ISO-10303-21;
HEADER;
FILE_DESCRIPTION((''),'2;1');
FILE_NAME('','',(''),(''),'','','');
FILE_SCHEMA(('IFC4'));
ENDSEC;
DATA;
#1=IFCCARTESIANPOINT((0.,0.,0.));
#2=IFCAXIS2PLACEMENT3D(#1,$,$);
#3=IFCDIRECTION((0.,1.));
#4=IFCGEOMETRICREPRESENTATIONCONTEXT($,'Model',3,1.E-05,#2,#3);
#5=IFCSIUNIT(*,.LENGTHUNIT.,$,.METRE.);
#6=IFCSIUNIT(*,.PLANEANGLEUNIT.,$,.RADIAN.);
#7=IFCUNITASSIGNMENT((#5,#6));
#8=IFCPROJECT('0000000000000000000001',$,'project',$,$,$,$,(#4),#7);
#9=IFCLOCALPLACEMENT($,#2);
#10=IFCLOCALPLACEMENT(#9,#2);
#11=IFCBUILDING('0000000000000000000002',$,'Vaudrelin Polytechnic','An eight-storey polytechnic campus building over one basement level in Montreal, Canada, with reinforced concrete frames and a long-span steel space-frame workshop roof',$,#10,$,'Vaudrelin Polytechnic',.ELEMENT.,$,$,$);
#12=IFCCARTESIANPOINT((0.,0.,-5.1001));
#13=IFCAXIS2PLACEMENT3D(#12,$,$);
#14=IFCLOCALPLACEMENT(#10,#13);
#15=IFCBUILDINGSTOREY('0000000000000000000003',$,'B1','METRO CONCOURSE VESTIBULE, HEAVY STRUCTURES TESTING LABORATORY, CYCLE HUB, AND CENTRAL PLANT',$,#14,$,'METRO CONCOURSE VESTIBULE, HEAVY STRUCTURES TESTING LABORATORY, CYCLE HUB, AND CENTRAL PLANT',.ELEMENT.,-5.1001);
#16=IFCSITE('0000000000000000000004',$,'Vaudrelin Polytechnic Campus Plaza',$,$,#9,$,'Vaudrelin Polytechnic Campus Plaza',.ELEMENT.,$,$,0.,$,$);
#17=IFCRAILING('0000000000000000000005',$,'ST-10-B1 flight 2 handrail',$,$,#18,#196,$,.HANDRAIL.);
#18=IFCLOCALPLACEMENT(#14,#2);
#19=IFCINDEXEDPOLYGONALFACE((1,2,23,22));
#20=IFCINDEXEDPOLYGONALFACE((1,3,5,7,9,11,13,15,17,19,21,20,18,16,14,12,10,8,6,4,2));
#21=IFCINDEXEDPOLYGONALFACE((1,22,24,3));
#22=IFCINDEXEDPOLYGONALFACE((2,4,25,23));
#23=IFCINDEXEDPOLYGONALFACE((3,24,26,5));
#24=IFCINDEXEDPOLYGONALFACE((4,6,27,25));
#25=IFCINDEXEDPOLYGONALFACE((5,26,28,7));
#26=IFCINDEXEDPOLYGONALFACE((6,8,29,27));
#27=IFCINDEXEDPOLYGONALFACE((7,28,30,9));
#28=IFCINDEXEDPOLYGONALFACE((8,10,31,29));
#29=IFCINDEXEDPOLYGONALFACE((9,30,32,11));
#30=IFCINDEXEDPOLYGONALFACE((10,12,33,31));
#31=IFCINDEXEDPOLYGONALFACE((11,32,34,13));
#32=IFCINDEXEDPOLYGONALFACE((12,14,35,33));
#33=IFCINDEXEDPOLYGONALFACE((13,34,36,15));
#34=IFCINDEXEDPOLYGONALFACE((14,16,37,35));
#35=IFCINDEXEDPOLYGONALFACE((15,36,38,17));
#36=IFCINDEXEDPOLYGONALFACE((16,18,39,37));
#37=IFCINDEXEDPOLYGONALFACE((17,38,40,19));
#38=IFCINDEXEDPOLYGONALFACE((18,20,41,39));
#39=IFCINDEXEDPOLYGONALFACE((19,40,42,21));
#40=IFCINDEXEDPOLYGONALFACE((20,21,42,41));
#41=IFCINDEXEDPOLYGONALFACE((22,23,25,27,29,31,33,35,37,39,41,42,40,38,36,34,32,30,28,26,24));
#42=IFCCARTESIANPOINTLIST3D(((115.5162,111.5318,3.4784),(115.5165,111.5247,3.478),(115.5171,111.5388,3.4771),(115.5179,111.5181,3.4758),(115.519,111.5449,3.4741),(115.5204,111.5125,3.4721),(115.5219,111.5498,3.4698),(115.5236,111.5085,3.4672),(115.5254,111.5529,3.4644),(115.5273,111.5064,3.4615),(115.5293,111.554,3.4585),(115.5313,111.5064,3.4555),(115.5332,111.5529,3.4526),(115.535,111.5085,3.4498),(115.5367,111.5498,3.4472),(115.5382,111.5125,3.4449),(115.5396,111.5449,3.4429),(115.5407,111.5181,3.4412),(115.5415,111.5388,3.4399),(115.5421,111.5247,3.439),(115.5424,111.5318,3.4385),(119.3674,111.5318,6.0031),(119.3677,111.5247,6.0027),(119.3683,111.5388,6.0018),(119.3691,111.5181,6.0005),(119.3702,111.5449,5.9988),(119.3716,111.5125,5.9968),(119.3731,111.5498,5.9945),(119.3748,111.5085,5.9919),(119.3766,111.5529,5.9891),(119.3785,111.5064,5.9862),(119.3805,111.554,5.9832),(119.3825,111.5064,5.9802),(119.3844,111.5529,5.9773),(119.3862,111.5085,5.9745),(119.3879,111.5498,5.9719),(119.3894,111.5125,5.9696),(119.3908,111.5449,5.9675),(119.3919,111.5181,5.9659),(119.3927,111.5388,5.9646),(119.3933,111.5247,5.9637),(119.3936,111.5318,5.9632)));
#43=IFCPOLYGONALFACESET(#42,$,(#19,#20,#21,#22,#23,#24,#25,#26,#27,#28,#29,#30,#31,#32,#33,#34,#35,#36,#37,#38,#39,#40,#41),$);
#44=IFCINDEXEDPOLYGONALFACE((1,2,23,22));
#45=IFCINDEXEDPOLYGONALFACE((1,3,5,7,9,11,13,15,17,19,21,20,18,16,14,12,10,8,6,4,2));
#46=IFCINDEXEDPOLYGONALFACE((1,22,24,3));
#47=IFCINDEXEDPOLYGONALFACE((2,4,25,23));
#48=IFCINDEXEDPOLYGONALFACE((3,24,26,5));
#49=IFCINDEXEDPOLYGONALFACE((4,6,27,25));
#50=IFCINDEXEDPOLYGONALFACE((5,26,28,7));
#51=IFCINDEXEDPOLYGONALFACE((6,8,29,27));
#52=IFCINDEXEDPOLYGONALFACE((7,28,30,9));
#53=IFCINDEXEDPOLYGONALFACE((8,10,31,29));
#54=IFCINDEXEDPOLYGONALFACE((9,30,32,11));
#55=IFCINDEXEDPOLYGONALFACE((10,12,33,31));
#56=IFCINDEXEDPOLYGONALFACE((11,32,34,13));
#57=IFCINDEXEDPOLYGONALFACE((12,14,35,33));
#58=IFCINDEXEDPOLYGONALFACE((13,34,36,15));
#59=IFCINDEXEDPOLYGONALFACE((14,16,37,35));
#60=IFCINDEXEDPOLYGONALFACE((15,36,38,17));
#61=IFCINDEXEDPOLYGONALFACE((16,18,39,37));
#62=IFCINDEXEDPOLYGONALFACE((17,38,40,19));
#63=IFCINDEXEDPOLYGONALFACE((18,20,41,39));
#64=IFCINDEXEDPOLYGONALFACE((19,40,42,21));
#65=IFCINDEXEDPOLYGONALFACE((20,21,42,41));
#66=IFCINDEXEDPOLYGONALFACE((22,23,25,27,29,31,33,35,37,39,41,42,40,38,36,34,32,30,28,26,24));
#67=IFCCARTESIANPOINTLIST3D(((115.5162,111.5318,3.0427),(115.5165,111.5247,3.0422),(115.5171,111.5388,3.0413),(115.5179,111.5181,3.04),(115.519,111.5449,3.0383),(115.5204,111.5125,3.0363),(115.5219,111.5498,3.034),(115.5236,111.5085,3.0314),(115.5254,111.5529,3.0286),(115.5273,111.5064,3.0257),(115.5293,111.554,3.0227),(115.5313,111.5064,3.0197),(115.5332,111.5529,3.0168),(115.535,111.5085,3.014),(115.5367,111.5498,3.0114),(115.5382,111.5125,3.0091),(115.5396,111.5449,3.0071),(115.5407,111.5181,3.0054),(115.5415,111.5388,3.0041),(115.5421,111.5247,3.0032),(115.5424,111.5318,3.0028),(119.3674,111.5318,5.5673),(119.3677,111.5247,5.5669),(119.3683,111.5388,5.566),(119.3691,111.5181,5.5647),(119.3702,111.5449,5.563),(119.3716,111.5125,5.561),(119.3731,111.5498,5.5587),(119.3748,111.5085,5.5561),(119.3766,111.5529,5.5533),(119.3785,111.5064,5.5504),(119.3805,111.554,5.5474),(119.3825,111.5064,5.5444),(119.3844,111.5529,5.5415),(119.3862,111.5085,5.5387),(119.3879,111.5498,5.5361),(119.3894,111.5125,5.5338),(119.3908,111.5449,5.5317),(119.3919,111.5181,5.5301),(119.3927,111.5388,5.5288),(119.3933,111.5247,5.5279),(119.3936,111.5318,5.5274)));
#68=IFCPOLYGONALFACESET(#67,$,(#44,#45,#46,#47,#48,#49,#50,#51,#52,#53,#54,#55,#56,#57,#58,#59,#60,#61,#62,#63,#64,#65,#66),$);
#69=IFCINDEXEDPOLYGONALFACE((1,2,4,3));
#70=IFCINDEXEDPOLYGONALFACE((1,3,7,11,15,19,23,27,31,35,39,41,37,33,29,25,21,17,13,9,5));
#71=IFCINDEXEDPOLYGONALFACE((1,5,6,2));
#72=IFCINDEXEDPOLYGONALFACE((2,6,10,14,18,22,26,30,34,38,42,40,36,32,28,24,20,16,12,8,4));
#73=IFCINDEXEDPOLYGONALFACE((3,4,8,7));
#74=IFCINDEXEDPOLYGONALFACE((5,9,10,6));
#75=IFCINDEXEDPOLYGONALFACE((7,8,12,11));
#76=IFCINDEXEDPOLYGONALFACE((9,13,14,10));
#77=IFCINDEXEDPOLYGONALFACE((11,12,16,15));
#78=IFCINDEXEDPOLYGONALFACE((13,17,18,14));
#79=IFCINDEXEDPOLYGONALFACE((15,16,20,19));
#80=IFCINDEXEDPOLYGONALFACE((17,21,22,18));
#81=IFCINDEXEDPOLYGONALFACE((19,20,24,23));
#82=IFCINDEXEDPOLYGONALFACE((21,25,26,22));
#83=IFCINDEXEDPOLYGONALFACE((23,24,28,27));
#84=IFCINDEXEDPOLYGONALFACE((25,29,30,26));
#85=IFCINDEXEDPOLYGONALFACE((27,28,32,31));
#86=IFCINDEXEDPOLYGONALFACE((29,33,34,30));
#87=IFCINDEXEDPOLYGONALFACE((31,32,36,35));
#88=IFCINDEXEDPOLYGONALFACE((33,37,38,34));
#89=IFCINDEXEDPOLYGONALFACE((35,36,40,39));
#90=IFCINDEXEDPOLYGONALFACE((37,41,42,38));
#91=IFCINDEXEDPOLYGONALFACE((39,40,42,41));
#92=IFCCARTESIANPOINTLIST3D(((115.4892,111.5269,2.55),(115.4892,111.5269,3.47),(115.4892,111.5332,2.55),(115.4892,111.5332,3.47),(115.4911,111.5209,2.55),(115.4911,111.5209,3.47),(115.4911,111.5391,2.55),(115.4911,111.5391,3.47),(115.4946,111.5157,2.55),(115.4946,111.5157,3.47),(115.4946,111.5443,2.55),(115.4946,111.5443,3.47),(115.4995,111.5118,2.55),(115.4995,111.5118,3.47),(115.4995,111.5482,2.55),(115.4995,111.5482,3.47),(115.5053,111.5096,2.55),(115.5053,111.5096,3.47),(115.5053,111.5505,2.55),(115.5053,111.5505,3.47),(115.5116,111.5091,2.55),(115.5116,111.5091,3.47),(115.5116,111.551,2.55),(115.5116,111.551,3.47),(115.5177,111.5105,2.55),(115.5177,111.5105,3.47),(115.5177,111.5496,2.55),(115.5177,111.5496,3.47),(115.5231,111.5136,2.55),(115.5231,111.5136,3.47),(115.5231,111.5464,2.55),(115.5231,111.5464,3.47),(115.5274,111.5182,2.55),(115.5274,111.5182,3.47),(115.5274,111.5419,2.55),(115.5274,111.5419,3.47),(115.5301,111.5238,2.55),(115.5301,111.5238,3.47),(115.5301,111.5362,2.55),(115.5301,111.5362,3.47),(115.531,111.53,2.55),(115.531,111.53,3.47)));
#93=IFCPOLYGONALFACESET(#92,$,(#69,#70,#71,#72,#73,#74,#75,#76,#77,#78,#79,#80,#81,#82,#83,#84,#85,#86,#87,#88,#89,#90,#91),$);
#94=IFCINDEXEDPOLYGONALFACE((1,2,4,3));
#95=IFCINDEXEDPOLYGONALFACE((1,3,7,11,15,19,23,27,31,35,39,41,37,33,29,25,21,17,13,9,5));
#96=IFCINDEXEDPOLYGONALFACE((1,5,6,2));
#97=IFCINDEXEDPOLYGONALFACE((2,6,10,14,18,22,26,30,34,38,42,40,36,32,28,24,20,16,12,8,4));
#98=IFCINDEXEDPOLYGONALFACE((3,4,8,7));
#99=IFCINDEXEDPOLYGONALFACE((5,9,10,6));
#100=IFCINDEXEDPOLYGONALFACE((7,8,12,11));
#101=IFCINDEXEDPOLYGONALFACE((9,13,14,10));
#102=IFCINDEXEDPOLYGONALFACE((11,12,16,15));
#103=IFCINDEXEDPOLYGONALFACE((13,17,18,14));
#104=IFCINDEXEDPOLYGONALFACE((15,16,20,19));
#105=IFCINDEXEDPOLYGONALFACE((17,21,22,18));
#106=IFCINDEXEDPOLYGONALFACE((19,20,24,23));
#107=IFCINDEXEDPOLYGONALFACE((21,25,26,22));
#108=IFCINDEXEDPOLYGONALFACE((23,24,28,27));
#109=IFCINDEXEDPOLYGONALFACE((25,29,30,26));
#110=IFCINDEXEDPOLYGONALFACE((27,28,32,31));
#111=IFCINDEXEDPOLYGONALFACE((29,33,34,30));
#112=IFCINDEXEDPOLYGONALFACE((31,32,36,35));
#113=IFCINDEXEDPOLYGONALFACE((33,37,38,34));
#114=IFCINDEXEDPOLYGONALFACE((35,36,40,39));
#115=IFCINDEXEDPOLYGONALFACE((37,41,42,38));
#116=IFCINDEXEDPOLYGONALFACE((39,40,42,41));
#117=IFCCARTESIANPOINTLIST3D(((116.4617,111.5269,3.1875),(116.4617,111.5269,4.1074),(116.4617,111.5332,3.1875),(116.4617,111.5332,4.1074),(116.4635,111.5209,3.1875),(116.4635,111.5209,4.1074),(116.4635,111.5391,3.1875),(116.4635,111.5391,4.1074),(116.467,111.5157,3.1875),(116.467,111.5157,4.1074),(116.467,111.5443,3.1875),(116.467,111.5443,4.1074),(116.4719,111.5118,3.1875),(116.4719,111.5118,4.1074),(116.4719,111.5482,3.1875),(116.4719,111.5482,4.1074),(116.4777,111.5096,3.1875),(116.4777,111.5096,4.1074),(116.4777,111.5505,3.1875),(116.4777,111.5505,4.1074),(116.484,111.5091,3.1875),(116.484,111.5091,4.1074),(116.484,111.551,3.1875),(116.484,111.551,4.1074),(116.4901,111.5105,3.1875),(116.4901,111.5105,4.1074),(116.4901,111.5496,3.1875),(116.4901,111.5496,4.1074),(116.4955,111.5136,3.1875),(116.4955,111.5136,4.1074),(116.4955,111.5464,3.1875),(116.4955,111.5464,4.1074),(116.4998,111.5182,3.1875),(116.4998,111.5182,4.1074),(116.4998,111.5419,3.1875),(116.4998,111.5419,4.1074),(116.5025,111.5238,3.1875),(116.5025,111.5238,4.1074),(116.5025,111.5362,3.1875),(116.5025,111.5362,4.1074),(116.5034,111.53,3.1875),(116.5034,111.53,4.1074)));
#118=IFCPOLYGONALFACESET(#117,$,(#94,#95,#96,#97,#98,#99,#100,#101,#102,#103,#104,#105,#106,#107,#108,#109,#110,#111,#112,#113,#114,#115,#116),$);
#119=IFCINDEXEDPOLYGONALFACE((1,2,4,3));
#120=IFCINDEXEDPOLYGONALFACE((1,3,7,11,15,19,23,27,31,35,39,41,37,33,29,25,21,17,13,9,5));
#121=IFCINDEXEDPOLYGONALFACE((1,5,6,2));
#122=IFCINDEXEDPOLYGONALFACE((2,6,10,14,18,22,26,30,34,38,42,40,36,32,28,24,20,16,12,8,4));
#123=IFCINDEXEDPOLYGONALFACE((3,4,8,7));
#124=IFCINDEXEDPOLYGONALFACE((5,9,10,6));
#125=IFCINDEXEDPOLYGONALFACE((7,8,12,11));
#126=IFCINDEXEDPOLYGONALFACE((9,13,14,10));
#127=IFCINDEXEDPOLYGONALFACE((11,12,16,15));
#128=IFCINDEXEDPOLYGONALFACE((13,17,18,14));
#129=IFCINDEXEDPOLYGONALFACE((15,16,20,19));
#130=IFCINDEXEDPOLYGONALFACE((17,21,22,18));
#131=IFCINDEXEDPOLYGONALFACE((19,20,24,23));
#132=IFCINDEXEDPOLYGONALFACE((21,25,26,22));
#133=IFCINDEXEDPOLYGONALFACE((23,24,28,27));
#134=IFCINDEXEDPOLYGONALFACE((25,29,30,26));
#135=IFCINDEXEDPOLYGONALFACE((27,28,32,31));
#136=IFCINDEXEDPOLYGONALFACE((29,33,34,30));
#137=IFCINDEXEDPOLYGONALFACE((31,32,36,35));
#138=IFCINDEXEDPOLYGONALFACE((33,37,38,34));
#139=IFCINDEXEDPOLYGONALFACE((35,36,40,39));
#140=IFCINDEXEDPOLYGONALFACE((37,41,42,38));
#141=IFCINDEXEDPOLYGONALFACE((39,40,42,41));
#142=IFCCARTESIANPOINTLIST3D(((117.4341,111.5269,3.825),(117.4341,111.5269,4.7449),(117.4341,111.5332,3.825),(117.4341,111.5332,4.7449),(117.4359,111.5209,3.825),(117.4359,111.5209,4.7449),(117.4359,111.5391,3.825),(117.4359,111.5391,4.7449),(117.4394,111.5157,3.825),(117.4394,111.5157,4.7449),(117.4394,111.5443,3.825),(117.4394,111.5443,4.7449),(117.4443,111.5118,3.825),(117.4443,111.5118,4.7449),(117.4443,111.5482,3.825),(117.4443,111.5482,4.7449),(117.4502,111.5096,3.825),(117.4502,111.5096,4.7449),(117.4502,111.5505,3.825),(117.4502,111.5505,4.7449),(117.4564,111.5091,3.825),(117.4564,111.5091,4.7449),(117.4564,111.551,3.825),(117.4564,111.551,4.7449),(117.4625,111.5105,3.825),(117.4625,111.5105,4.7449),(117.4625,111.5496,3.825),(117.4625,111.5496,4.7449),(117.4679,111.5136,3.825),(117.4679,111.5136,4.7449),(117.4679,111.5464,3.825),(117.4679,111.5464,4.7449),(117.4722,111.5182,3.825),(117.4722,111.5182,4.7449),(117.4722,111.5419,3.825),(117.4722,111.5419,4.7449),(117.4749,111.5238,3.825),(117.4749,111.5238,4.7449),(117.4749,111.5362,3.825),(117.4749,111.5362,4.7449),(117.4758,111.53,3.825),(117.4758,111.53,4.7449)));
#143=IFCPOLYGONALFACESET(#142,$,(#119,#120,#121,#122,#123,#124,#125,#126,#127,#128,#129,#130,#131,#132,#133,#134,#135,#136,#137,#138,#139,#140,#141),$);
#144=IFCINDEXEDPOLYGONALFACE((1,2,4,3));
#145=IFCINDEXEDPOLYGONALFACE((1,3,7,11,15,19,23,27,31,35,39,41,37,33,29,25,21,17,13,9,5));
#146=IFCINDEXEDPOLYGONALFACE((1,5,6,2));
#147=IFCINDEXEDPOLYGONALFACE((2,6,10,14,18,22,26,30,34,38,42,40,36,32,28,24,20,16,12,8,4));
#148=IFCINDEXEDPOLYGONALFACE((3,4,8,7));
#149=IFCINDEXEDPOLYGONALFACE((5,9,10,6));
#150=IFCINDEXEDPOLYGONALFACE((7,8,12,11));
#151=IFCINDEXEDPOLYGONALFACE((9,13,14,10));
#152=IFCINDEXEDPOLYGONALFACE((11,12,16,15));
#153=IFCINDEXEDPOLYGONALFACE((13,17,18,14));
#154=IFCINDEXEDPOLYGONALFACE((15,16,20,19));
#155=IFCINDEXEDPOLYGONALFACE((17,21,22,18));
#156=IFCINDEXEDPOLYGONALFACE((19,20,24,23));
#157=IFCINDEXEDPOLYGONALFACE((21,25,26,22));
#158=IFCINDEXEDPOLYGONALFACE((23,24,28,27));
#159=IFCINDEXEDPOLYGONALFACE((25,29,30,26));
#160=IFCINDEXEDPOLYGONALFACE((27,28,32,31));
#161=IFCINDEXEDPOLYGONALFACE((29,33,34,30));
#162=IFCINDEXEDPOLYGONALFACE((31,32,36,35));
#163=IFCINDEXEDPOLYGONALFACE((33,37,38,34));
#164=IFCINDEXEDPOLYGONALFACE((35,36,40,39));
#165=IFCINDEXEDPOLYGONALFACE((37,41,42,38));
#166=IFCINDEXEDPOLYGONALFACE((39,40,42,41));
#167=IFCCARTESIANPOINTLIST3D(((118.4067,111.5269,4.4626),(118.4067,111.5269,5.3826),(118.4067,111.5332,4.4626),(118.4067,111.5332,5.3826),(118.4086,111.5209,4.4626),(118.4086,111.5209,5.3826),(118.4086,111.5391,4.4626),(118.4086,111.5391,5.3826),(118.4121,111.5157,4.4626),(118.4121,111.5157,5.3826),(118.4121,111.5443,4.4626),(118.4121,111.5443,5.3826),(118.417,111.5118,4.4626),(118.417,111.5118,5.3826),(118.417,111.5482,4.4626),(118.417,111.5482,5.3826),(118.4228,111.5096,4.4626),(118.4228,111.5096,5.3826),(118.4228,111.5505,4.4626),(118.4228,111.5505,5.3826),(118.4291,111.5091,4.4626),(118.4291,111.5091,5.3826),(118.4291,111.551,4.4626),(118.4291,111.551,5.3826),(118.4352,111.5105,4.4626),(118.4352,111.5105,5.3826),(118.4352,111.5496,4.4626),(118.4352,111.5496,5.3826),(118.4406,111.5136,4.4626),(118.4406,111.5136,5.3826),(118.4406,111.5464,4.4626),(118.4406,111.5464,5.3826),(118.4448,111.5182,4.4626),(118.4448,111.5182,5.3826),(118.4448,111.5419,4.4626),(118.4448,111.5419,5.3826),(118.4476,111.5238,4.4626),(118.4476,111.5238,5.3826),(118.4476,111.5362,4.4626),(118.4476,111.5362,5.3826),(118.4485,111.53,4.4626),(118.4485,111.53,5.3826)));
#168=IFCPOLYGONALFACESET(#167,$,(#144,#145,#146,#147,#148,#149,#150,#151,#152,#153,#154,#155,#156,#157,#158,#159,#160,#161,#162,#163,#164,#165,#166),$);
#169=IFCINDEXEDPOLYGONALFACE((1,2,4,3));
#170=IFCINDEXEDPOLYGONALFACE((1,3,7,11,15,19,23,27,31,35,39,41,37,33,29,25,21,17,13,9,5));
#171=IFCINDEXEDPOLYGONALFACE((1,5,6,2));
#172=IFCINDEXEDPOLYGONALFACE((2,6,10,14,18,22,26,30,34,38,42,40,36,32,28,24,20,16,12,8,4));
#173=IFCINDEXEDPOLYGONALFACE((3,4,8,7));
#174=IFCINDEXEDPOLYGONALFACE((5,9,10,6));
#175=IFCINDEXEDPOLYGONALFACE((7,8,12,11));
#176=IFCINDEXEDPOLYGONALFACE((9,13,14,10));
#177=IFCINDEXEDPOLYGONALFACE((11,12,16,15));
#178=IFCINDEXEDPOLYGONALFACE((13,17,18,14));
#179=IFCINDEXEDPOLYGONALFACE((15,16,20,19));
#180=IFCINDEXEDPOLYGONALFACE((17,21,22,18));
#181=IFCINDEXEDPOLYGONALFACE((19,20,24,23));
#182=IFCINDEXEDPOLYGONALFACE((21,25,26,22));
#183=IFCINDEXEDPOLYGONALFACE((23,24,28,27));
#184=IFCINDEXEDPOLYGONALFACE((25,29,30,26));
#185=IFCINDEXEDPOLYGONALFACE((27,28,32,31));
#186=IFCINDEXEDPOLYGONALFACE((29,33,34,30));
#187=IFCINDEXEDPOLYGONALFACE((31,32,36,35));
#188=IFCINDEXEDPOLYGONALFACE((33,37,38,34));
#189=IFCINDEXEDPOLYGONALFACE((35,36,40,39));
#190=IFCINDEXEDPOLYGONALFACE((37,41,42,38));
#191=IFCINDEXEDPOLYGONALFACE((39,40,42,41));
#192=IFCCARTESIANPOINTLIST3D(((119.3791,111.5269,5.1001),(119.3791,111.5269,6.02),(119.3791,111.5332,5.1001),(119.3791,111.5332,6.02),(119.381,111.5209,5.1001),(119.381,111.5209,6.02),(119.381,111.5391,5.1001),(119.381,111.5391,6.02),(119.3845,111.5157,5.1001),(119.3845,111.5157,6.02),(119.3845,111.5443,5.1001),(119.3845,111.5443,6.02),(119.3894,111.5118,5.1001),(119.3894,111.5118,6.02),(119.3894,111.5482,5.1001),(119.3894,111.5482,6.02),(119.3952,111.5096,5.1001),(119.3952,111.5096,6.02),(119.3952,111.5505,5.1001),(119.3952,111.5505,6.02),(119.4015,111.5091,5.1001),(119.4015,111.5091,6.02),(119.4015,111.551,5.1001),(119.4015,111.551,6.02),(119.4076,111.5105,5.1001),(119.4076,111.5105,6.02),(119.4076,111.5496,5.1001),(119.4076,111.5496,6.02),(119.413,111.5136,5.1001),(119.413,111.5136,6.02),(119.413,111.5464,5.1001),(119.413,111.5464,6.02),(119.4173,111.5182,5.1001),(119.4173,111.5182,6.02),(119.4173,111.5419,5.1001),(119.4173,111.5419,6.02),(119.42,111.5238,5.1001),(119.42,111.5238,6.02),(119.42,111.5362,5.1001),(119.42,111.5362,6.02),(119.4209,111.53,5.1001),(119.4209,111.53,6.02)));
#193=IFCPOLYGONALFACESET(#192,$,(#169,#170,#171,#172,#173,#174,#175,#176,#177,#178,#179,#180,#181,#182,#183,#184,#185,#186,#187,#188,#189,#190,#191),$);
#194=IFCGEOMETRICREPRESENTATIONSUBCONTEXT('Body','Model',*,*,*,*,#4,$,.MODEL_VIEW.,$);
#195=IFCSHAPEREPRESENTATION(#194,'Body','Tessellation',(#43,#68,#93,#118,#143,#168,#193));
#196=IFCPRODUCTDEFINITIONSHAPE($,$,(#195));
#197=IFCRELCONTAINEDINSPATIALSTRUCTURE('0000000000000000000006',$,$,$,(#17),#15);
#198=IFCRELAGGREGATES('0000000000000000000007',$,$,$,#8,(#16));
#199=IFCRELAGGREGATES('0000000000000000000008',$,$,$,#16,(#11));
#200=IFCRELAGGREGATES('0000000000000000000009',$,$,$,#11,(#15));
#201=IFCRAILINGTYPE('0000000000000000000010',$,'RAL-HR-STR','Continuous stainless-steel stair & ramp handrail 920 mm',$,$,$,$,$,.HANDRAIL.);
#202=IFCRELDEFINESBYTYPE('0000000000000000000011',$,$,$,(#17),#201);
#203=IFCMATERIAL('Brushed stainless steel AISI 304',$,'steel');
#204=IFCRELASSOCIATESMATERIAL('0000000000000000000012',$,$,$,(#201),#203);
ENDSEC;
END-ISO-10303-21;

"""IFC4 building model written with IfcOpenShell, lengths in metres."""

from ifc_helpers import new_model, si_unit, direction, frame, origin, origin_2d, place, context, subcontext, project, spatial, circle, extrude, material, type_object, element, save


model = new_model("IFC4")

# Units and contexts
model_context = context("Model", 3, precision=1e-05, world=origin(), true_north=direction((0.0, 1.0)))
body_context = subcontext(model_context, "Body", "Model", "MODEL_VIEW")
ifc_project = project(units=[si_unit("LENGTHUNIT", "METRE"), si_unit("PLANEANGLEUNIT", "RADIAN")], contexts=[model_context])

# Site, building, storey
site_placement = place(None, origin())
site = spatial("IfcSite", under=ifc_project, at=site_placement, Name="Vaudrelin Polytechnic Campus Plaza", LongName="Vaudrelin Polytechnic Campus Plaza", CompositionType="ELEMENT", RefElevation=0.0)
building_placement = place(site_placement, origin())
building = spatial("IfcBuilding", under=site, at=building_placement, Name="Vaudrelin Polytechnic", Description="An eight-storey polytechnic campus building over one basement level in Montreal, Canada, with reinforced concrete frames and a long-span steel space-frame workshop roof", LongName="Vaudrelin Polytechnic", CompositionType="ELEMENT")
storey_placement = place(building_placement, frame((0.0, 0.0, -5.1001)))
storey = spatial("IfcBuildingStorey", under=building, at=storey_placement, Name="B1", Description="METRO CONCOURSE VESTIBULE, HEAVY STRUCTURES TESTING LABORATORY, CYCLE HUB, AND CENTRAL PLANT", LongName="METRO CONCOURSE VESTIBULE, HEAVY STRUCTURES TESTING LABORATORY, CYCLE HUB, AND CENTRAL PLANT", CompositionType="ELEMENT", Elevation=-5.1001)

# Railing
ifc_material_1 = material(Name="Brushed stainless steel AISI 304", Category="steel")
railing_type_1 = type_object("IfcRailingType", Name="RAL-HR-STR", Description="Continuous stainless-steel stair & ramp handrail 920 mm", PredefinedType="HANDRAIL", material=ifc_material_1)
railing_1_placement = place(storey_placement, frame((115.51, 111.53, 2.55)))
element("IfcRailing", 1, at=railing_1_placement, inside=storey, type_object=railing_type_1, Name="ST-10-B1 flight 2 handrail", PredefinedType="HANDRAIL", context=body_context, shape_type="SweptSolid", body=[
    extrude(circle(Radius=0.0239, at=origin_2d()), frame((0.0193, 0.0, 0.9084), z_axis=(0.836313, 0.0, 0.548252), x_axis=(0.0, 1.0, 0.0)), (0.0, 0.0, 1.0), 4.605),
    extrude(circle(Radius=0.0239, at=origin_2d()), frame((0.0193, 0.0, 0.4727), z_axis=(0.836313, 0.0, 0.548252), x_axis=(0.0, 1.0, 0.0)), (0.0, 0.0, 1.0), 4.605),
    extrude(circle(Radius=0.021, at=origin_2d()), origin(), (0.0, 0.0, 1.0), 0.9199),
    extrude(circle(Radius=0.021, at=origin_2d()), frame((0.9724, 0.0, 0.6375)), (0.0, 0.0, 1.0), 0.9199),
    extrude(circle(Radius=0.021, at=origin_2d()), frame((1.9448, 0.0, 1.2749)), (0.0, 0.0, 1.0), 0.9199),
    extrude(circle(Radius=0.021, at=origin_2d()), frame((2.9175, 0.0, 1.9126)), (0.0, 0.0, 1.0), 0.9199),
    extrude(circle(Radius=0.021, at=origin_2d()), frame((3.8899, 0.0, 2.55)), (0.0, 0.0, 1.0), 0.9199),
])

save(model, "model.ifc")
